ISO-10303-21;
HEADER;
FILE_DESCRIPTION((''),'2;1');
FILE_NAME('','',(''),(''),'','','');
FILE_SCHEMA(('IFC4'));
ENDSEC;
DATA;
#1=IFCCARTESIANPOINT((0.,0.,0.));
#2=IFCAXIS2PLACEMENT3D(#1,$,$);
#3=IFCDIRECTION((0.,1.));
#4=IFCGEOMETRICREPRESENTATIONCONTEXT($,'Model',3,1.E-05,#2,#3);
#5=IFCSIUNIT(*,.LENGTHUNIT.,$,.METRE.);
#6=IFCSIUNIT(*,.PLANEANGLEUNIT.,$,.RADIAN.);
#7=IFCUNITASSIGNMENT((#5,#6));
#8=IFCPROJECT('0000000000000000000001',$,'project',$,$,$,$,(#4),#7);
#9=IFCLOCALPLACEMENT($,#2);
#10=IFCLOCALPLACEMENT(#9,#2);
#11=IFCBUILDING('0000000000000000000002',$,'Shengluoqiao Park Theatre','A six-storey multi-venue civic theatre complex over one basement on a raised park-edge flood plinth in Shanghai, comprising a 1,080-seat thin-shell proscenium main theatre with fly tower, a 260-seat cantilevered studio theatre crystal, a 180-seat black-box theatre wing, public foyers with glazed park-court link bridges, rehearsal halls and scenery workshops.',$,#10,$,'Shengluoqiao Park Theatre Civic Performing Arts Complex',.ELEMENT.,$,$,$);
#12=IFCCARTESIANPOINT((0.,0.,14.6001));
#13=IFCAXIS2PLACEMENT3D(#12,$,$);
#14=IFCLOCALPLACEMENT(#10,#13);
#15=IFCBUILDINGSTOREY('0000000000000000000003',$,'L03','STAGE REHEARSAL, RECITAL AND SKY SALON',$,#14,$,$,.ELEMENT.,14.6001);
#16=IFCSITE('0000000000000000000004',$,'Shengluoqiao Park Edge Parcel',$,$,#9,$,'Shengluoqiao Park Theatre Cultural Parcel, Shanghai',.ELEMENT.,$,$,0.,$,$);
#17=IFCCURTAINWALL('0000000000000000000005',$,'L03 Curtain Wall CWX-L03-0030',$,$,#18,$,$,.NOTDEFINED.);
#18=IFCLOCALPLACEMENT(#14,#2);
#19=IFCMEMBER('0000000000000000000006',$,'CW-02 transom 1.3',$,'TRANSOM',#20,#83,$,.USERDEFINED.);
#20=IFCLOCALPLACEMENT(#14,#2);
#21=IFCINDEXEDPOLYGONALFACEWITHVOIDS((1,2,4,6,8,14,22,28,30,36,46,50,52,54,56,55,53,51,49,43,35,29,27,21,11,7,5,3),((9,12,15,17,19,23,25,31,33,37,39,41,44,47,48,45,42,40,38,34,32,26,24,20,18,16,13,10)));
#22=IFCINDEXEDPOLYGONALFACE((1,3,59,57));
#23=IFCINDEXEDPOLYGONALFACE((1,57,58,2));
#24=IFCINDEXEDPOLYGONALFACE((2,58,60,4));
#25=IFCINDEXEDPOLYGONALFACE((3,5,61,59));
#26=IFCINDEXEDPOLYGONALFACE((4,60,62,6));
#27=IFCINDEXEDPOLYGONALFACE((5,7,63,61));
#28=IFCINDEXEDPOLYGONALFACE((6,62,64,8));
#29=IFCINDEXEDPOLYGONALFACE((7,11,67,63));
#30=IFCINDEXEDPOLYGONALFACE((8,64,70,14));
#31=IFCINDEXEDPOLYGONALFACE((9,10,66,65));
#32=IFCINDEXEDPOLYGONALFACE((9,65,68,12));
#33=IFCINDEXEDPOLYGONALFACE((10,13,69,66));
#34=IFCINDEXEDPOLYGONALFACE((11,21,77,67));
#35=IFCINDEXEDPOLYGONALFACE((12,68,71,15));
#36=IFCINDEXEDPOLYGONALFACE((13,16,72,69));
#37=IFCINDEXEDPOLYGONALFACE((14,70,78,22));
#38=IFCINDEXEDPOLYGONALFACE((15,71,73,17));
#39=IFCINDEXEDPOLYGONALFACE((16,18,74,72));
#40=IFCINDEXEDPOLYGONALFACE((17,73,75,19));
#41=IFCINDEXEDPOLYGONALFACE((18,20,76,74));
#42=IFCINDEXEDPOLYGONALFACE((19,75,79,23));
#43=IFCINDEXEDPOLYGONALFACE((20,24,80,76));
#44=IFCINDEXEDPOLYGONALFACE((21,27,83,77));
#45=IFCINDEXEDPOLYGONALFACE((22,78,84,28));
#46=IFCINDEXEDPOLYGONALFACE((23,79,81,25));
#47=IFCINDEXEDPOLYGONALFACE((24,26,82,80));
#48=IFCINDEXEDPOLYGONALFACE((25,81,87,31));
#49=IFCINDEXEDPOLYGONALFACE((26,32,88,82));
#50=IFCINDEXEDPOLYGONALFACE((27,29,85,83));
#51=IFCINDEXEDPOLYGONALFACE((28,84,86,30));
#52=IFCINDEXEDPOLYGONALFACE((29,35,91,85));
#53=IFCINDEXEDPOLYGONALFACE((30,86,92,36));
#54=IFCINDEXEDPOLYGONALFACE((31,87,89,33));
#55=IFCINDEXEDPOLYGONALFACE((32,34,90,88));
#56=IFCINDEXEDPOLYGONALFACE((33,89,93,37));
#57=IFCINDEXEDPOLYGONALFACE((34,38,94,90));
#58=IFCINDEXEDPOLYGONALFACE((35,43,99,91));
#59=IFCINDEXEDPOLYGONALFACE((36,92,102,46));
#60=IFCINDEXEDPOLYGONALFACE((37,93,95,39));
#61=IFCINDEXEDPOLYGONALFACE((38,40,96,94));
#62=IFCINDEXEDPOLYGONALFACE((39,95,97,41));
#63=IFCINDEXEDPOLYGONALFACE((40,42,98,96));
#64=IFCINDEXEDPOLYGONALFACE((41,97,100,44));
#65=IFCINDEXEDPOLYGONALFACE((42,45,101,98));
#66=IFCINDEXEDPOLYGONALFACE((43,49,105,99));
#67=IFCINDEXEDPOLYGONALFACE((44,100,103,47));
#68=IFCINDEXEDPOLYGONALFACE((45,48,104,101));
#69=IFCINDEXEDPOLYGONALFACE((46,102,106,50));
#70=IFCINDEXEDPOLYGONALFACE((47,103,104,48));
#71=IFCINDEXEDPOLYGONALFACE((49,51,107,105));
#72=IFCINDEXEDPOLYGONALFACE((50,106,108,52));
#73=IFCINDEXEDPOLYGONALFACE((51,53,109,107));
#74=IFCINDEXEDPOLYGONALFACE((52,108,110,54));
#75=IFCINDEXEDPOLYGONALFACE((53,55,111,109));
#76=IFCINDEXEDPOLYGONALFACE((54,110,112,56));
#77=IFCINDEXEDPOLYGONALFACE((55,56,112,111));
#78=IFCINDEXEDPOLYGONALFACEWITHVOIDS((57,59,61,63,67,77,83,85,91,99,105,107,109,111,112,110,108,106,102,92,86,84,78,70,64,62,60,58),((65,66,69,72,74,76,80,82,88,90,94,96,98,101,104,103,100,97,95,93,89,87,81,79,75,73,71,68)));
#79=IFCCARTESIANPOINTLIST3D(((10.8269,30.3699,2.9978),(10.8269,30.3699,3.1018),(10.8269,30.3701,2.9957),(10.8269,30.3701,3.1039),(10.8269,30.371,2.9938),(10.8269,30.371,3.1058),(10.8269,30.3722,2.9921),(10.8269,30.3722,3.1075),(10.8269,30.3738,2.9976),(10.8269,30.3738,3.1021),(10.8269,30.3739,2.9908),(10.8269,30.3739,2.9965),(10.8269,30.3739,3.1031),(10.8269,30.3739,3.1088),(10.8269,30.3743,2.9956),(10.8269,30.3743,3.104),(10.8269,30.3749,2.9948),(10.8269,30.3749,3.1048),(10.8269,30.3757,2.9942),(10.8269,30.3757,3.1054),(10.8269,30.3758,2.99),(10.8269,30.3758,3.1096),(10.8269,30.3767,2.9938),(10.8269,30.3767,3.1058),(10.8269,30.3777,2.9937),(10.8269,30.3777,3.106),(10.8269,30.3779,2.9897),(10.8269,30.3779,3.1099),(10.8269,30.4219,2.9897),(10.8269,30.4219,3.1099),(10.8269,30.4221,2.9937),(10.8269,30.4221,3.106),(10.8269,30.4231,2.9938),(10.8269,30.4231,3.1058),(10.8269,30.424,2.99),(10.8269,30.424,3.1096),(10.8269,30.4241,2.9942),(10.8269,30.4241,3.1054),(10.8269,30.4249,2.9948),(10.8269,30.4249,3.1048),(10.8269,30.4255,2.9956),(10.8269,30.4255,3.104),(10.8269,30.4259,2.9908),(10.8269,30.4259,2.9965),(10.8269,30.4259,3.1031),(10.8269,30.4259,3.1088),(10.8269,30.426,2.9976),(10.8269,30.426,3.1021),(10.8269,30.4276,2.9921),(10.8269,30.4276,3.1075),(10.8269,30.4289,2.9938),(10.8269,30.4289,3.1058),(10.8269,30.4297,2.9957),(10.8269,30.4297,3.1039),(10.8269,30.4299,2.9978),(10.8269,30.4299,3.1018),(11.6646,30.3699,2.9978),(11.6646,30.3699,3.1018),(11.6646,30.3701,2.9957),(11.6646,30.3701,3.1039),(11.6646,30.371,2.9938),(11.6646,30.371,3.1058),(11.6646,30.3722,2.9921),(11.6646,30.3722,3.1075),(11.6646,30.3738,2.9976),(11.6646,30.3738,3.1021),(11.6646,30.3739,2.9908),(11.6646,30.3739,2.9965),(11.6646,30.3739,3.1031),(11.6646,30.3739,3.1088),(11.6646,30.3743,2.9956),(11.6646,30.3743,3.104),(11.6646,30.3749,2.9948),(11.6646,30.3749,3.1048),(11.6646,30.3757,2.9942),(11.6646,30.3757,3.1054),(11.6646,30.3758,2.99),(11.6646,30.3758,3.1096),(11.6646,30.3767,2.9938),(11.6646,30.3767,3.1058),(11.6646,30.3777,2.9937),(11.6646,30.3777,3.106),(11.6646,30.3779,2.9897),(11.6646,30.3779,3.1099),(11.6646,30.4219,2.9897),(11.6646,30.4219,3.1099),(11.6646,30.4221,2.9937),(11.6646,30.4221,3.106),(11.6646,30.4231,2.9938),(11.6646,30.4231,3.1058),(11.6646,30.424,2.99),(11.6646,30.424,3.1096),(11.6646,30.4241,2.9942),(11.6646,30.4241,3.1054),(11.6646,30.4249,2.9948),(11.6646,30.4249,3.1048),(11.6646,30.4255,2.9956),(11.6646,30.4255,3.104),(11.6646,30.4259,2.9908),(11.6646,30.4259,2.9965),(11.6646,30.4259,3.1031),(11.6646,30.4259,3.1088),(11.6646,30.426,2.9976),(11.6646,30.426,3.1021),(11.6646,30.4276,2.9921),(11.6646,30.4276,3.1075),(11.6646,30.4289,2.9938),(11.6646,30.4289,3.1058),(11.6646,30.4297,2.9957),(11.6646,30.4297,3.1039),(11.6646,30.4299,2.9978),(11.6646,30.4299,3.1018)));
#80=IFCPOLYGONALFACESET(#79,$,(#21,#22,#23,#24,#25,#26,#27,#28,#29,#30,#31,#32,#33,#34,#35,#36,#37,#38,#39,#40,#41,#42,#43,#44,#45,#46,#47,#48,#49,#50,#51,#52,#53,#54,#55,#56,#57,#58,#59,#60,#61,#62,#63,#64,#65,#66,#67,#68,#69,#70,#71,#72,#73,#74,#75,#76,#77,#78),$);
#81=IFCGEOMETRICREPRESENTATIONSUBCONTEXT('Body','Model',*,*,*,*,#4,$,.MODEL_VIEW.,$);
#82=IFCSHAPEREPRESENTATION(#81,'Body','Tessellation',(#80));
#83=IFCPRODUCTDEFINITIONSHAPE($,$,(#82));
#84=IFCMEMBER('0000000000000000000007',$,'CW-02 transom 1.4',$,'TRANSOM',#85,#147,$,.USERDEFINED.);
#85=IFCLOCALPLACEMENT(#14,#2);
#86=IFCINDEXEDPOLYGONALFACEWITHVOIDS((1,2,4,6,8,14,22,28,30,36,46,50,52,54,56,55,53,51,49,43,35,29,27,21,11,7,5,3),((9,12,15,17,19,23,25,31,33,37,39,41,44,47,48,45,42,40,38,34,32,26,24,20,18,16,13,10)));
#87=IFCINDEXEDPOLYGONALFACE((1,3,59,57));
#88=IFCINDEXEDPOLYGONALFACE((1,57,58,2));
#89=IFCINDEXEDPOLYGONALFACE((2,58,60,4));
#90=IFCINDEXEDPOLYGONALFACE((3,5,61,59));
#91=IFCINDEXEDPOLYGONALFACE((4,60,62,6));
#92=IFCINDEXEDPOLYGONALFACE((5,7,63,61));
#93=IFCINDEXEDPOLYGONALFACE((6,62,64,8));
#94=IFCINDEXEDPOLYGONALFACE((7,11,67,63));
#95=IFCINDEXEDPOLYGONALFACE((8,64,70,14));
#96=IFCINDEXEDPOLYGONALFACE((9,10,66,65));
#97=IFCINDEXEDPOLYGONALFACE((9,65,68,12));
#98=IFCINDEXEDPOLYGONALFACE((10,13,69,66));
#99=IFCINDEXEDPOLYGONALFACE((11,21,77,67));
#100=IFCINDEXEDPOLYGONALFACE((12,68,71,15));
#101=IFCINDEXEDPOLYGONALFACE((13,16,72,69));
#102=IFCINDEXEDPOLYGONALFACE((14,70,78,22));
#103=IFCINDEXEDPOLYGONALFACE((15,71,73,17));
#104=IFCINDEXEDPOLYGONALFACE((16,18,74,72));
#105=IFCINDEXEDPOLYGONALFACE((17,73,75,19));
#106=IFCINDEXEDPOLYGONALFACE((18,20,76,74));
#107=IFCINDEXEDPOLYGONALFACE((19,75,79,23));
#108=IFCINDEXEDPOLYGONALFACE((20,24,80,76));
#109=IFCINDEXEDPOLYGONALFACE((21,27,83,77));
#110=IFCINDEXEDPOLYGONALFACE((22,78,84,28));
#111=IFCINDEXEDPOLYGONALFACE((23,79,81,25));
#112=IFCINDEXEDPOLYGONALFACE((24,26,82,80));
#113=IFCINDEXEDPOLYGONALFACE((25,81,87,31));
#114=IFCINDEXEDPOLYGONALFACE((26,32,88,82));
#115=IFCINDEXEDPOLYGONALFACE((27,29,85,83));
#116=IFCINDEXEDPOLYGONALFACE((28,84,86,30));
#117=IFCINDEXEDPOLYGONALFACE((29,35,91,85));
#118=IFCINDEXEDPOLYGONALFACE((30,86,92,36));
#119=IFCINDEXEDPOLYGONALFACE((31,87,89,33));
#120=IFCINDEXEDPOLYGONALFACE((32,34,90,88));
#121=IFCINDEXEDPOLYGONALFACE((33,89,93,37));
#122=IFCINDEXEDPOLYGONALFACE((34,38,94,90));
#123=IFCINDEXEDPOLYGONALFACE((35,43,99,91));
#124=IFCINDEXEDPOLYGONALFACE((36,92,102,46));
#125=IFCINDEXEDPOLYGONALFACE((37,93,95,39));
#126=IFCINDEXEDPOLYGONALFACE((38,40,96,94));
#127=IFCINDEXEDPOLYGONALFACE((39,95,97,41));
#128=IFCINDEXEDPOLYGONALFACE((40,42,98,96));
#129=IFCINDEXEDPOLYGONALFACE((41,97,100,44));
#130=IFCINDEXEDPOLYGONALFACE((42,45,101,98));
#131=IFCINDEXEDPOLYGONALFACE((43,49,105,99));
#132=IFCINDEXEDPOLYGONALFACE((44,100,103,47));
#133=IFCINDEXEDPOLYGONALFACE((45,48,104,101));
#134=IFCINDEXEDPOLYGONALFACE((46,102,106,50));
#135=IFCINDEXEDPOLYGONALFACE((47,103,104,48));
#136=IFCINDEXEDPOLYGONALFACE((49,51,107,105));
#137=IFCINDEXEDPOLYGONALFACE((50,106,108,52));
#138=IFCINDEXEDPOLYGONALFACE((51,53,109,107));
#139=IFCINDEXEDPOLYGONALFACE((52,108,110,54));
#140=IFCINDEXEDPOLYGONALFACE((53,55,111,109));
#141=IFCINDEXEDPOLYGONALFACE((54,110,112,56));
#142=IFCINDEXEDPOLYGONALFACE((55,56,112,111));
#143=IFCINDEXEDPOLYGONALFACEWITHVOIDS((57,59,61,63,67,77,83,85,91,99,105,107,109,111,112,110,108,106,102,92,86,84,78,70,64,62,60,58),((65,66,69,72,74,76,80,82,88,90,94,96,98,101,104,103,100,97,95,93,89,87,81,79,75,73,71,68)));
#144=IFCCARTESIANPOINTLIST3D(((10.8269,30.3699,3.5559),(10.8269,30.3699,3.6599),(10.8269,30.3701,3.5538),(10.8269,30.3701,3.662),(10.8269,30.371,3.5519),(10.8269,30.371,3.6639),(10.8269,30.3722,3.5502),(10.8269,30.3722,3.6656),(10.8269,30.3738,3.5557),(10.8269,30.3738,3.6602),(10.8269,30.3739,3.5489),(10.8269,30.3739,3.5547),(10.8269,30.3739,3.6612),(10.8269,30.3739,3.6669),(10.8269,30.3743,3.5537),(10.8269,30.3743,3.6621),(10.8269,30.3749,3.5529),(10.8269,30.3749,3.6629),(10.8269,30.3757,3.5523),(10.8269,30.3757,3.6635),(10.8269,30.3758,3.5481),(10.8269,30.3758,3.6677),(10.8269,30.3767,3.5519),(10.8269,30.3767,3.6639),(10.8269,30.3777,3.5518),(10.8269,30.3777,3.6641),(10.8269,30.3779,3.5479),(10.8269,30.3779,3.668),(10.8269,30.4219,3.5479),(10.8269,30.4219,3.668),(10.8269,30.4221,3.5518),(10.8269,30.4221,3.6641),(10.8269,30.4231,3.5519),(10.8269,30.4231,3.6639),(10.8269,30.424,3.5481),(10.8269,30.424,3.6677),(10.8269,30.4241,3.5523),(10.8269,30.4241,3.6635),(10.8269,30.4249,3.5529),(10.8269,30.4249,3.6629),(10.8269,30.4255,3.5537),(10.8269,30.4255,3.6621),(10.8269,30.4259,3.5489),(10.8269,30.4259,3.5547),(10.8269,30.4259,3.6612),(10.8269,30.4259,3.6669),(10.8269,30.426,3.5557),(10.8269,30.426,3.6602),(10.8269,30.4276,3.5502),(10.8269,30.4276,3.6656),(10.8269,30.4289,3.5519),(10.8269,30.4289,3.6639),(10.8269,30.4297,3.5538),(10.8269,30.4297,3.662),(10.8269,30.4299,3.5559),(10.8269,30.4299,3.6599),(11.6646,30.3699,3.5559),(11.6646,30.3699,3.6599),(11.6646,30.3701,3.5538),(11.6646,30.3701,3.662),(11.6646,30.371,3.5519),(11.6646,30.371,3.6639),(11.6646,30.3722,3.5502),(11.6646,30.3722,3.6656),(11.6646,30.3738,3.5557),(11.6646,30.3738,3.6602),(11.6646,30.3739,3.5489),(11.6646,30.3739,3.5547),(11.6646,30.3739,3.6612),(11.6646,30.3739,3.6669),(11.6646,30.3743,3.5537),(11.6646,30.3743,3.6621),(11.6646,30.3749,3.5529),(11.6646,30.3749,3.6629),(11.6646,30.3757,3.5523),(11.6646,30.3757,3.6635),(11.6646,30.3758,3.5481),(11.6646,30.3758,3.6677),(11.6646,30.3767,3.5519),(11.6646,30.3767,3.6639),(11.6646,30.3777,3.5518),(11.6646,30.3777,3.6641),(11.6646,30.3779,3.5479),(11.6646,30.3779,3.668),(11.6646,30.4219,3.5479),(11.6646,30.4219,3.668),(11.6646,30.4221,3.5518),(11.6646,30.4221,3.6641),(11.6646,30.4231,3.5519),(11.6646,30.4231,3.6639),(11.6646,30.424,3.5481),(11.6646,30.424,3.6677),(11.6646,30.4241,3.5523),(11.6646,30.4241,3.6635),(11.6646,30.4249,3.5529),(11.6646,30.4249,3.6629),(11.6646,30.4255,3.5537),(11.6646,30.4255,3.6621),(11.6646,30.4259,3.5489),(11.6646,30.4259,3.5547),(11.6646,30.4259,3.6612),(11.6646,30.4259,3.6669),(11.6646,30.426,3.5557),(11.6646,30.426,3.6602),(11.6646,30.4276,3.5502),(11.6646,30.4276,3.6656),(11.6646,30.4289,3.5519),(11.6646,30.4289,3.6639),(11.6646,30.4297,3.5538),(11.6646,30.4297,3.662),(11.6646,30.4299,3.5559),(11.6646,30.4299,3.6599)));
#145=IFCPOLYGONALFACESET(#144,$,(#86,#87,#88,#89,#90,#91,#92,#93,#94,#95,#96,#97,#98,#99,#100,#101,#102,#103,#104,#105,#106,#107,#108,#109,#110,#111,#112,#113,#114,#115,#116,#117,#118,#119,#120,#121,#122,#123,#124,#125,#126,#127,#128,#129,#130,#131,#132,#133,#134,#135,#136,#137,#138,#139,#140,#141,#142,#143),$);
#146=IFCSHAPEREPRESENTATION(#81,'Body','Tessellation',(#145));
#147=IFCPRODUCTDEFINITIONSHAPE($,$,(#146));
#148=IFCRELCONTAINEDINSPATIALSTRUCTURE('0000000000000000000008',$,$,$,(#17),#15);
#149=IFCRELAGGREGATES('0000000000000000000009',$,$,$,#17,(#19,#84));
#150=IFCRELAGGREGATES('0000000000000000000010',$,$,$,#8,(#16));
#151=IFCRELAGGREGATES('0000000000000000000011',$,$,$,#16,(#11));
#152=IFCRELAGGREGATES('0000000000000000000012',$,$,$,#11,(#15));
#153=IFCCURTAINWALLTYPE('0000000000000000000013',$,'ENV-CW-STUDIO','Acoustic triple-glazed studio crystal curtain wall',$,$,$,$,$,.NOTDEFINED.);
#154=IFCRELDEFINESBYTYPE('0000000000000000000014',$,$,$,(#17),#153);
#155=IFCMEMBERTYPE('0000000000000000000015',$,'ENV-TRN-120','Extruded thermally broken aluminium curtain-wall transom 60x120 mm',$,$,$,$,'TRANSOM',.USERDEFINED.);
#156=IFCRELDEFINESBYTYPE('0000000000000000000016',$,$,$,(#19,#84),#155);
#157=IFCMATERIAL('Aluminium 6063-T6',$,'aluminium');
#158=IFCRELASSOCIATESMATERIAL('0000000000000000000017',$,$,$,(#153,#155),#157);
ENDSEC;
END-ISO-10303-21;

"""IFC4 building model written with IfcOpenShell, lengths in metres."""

from ifc_helpers import new_model, si_unit, direction, frame, origin, origin_2d, place, context, subcontext, project, spatial, hollow_rectangle, extrude, material, material_profile, profile_set, type_object, element, aggregate, save


model = new_model("IFC4")

# Units and contexts
model_context = context("Model", 3, precision=1e-05, world=origin(), true_north=direction((0.0, 1.0)))
body_context = subcontext(model_context, "Body", "Model", "MODEL_VIEW")
ifc_project = project(units=[si_unit("LENGTHUNIT", "METRE"), si_unit("PLANEANGLEUNIT", "RADIAN")], contexts=[model_context])

# Site, building, storey
site_placement = place(None, origin())
site = spatial("IfcSite", under=ifc_project, at=site_placement, Name="Shengluoqiao Park Edge Parcel", LongName="Shengluoqiao Park Theatre Cultural Parcel, Shanghai", CompositionType="ELEMENT", RefElevation=0.0)
building_placement = place(site_placement, origin())
building = spatial("IfcBuilding", under=site, at=building_placement, Name="Shengluoqiao Park Theatre", Description="A six-storey multi-venue civic theatre complex over one basement on a raised park-edge flood plinth in Shanghai, comprising a 1,080-seat thin-shell proscenium main theatre with fly tower, a 260-seat cantilevered studio theatre crystal, a 180-seat black-box theatre wing, public foyers with glazed park-court link bridges, rehearsal halls and scenery workshops.", LongName="Shengluoqiao Park Theatre Civic Performing Arts Complex", CompositionType="ELEMENT")
storey_placement = place(building_placement, frame((0.0, 0.0, 14.6001)))
storey = spatial("IfcBuildingStorey", under=building, at=storey_placement, Name="L03", Description="STAGE REHEARSAL, RECITAL AND SKY SALON", CompositionType="ELEMENT", Elevation=14.6001)

# Curtain wall, members
ifc_material_1 = material(Name="Aluminium 6063-T6", Category="aluminium")
curtain_wall_type = type_object("IfcCurtainWallType", Name="ENV-CW-STUDIO", Description="Acoustic triple-glazed studio crystal curtain wall", PredefinedType="NOTDEFINED", material=ifc_material_1)
curtain_wall_placement = place(storey_placement, origin())
curtain_wall = element("IfcCurtainWall", 1, at=curtain_wall_placement, inside=storey, type_object=curtain_wall_type, Name="L03 Curtain Wall CWX-L03-0030", PredefinedType="NOTDEFINED")
ifc_material_profile_1 = material_profile(ifc_material_1, hollow_rectangle(XDim=0.0601, YDim=0.1201, WallThickness=0.0039, InnerFilletRadius=0.0039, OuterFilletRadius=0.0081, at=origin_2d()), Name="ALU TRANSOM 120x60x4")
ifc_profile_set_1 = profile_set([ifc_material_profile_1], Name="Aluminium 6063-T6")
member_type_1 = type_object("IfcMemberType", Name="ENV-TRN-120", Description="Extruded thermally broken aluminium curtain-wall transom 60x120 mm", ElementType="TRANSOM", PredefinedType="USERDEFINED", material=ifc_profile_set_1)
member_1_placement = place(storey_placement, frame((10.8269, 30.3999, 3.0498), z_axis=(1.0, 0.0, 0.0), x_axis=(0.0, 1.0, 0.0)))
member_1 = element("IfcMember", 2, at=member_1_placement, type_object=member_type_1, Name="CW-02 transom 1.3", ObjectType="TRANSOM", PredefinedType="USERDEFINED", context=body_context, shape_type="SweptSolid", body=[
    extrude(hollow_rectangle(XDim=0.0601, YDim=0.1201, WallThickness=0.0039, InnerFilletRadius=0.0039, OuterFilletRadius=0.0081, at=origin_2d()), origin(), (0.0, 0.0, 1.0), 0.8376),
])
member_2_placement = place(storey_placement, frame((10.8269, 30.3999, 3.6079), z_axis=(1.0, 0.0, 0.0), x_axis=(0.0, 1.0, 0.0)))
member_2 = element("IfcMember", 3, at=member_2_placement, type_object=member_type_1, Name="CW-02 transom 1.4", ObjectType="TRANSOM", PredefinedType="USERDEFINED", context=body_context, shape_type="SweptSolid", body=[
    extrude(hollow_rectangle(XDim=0.0601, YDim=0.1201, WallThickness=0.0039, InnerFilletRadius=0.0039, OuterFilletRadius=0.0081, at=origin_2d()), origin(), (0.0, 0.0, 1.0), 0.8376),
])

aggregate(curtain_wall, [member_1, member_2])

save(model, "model.ifc")
